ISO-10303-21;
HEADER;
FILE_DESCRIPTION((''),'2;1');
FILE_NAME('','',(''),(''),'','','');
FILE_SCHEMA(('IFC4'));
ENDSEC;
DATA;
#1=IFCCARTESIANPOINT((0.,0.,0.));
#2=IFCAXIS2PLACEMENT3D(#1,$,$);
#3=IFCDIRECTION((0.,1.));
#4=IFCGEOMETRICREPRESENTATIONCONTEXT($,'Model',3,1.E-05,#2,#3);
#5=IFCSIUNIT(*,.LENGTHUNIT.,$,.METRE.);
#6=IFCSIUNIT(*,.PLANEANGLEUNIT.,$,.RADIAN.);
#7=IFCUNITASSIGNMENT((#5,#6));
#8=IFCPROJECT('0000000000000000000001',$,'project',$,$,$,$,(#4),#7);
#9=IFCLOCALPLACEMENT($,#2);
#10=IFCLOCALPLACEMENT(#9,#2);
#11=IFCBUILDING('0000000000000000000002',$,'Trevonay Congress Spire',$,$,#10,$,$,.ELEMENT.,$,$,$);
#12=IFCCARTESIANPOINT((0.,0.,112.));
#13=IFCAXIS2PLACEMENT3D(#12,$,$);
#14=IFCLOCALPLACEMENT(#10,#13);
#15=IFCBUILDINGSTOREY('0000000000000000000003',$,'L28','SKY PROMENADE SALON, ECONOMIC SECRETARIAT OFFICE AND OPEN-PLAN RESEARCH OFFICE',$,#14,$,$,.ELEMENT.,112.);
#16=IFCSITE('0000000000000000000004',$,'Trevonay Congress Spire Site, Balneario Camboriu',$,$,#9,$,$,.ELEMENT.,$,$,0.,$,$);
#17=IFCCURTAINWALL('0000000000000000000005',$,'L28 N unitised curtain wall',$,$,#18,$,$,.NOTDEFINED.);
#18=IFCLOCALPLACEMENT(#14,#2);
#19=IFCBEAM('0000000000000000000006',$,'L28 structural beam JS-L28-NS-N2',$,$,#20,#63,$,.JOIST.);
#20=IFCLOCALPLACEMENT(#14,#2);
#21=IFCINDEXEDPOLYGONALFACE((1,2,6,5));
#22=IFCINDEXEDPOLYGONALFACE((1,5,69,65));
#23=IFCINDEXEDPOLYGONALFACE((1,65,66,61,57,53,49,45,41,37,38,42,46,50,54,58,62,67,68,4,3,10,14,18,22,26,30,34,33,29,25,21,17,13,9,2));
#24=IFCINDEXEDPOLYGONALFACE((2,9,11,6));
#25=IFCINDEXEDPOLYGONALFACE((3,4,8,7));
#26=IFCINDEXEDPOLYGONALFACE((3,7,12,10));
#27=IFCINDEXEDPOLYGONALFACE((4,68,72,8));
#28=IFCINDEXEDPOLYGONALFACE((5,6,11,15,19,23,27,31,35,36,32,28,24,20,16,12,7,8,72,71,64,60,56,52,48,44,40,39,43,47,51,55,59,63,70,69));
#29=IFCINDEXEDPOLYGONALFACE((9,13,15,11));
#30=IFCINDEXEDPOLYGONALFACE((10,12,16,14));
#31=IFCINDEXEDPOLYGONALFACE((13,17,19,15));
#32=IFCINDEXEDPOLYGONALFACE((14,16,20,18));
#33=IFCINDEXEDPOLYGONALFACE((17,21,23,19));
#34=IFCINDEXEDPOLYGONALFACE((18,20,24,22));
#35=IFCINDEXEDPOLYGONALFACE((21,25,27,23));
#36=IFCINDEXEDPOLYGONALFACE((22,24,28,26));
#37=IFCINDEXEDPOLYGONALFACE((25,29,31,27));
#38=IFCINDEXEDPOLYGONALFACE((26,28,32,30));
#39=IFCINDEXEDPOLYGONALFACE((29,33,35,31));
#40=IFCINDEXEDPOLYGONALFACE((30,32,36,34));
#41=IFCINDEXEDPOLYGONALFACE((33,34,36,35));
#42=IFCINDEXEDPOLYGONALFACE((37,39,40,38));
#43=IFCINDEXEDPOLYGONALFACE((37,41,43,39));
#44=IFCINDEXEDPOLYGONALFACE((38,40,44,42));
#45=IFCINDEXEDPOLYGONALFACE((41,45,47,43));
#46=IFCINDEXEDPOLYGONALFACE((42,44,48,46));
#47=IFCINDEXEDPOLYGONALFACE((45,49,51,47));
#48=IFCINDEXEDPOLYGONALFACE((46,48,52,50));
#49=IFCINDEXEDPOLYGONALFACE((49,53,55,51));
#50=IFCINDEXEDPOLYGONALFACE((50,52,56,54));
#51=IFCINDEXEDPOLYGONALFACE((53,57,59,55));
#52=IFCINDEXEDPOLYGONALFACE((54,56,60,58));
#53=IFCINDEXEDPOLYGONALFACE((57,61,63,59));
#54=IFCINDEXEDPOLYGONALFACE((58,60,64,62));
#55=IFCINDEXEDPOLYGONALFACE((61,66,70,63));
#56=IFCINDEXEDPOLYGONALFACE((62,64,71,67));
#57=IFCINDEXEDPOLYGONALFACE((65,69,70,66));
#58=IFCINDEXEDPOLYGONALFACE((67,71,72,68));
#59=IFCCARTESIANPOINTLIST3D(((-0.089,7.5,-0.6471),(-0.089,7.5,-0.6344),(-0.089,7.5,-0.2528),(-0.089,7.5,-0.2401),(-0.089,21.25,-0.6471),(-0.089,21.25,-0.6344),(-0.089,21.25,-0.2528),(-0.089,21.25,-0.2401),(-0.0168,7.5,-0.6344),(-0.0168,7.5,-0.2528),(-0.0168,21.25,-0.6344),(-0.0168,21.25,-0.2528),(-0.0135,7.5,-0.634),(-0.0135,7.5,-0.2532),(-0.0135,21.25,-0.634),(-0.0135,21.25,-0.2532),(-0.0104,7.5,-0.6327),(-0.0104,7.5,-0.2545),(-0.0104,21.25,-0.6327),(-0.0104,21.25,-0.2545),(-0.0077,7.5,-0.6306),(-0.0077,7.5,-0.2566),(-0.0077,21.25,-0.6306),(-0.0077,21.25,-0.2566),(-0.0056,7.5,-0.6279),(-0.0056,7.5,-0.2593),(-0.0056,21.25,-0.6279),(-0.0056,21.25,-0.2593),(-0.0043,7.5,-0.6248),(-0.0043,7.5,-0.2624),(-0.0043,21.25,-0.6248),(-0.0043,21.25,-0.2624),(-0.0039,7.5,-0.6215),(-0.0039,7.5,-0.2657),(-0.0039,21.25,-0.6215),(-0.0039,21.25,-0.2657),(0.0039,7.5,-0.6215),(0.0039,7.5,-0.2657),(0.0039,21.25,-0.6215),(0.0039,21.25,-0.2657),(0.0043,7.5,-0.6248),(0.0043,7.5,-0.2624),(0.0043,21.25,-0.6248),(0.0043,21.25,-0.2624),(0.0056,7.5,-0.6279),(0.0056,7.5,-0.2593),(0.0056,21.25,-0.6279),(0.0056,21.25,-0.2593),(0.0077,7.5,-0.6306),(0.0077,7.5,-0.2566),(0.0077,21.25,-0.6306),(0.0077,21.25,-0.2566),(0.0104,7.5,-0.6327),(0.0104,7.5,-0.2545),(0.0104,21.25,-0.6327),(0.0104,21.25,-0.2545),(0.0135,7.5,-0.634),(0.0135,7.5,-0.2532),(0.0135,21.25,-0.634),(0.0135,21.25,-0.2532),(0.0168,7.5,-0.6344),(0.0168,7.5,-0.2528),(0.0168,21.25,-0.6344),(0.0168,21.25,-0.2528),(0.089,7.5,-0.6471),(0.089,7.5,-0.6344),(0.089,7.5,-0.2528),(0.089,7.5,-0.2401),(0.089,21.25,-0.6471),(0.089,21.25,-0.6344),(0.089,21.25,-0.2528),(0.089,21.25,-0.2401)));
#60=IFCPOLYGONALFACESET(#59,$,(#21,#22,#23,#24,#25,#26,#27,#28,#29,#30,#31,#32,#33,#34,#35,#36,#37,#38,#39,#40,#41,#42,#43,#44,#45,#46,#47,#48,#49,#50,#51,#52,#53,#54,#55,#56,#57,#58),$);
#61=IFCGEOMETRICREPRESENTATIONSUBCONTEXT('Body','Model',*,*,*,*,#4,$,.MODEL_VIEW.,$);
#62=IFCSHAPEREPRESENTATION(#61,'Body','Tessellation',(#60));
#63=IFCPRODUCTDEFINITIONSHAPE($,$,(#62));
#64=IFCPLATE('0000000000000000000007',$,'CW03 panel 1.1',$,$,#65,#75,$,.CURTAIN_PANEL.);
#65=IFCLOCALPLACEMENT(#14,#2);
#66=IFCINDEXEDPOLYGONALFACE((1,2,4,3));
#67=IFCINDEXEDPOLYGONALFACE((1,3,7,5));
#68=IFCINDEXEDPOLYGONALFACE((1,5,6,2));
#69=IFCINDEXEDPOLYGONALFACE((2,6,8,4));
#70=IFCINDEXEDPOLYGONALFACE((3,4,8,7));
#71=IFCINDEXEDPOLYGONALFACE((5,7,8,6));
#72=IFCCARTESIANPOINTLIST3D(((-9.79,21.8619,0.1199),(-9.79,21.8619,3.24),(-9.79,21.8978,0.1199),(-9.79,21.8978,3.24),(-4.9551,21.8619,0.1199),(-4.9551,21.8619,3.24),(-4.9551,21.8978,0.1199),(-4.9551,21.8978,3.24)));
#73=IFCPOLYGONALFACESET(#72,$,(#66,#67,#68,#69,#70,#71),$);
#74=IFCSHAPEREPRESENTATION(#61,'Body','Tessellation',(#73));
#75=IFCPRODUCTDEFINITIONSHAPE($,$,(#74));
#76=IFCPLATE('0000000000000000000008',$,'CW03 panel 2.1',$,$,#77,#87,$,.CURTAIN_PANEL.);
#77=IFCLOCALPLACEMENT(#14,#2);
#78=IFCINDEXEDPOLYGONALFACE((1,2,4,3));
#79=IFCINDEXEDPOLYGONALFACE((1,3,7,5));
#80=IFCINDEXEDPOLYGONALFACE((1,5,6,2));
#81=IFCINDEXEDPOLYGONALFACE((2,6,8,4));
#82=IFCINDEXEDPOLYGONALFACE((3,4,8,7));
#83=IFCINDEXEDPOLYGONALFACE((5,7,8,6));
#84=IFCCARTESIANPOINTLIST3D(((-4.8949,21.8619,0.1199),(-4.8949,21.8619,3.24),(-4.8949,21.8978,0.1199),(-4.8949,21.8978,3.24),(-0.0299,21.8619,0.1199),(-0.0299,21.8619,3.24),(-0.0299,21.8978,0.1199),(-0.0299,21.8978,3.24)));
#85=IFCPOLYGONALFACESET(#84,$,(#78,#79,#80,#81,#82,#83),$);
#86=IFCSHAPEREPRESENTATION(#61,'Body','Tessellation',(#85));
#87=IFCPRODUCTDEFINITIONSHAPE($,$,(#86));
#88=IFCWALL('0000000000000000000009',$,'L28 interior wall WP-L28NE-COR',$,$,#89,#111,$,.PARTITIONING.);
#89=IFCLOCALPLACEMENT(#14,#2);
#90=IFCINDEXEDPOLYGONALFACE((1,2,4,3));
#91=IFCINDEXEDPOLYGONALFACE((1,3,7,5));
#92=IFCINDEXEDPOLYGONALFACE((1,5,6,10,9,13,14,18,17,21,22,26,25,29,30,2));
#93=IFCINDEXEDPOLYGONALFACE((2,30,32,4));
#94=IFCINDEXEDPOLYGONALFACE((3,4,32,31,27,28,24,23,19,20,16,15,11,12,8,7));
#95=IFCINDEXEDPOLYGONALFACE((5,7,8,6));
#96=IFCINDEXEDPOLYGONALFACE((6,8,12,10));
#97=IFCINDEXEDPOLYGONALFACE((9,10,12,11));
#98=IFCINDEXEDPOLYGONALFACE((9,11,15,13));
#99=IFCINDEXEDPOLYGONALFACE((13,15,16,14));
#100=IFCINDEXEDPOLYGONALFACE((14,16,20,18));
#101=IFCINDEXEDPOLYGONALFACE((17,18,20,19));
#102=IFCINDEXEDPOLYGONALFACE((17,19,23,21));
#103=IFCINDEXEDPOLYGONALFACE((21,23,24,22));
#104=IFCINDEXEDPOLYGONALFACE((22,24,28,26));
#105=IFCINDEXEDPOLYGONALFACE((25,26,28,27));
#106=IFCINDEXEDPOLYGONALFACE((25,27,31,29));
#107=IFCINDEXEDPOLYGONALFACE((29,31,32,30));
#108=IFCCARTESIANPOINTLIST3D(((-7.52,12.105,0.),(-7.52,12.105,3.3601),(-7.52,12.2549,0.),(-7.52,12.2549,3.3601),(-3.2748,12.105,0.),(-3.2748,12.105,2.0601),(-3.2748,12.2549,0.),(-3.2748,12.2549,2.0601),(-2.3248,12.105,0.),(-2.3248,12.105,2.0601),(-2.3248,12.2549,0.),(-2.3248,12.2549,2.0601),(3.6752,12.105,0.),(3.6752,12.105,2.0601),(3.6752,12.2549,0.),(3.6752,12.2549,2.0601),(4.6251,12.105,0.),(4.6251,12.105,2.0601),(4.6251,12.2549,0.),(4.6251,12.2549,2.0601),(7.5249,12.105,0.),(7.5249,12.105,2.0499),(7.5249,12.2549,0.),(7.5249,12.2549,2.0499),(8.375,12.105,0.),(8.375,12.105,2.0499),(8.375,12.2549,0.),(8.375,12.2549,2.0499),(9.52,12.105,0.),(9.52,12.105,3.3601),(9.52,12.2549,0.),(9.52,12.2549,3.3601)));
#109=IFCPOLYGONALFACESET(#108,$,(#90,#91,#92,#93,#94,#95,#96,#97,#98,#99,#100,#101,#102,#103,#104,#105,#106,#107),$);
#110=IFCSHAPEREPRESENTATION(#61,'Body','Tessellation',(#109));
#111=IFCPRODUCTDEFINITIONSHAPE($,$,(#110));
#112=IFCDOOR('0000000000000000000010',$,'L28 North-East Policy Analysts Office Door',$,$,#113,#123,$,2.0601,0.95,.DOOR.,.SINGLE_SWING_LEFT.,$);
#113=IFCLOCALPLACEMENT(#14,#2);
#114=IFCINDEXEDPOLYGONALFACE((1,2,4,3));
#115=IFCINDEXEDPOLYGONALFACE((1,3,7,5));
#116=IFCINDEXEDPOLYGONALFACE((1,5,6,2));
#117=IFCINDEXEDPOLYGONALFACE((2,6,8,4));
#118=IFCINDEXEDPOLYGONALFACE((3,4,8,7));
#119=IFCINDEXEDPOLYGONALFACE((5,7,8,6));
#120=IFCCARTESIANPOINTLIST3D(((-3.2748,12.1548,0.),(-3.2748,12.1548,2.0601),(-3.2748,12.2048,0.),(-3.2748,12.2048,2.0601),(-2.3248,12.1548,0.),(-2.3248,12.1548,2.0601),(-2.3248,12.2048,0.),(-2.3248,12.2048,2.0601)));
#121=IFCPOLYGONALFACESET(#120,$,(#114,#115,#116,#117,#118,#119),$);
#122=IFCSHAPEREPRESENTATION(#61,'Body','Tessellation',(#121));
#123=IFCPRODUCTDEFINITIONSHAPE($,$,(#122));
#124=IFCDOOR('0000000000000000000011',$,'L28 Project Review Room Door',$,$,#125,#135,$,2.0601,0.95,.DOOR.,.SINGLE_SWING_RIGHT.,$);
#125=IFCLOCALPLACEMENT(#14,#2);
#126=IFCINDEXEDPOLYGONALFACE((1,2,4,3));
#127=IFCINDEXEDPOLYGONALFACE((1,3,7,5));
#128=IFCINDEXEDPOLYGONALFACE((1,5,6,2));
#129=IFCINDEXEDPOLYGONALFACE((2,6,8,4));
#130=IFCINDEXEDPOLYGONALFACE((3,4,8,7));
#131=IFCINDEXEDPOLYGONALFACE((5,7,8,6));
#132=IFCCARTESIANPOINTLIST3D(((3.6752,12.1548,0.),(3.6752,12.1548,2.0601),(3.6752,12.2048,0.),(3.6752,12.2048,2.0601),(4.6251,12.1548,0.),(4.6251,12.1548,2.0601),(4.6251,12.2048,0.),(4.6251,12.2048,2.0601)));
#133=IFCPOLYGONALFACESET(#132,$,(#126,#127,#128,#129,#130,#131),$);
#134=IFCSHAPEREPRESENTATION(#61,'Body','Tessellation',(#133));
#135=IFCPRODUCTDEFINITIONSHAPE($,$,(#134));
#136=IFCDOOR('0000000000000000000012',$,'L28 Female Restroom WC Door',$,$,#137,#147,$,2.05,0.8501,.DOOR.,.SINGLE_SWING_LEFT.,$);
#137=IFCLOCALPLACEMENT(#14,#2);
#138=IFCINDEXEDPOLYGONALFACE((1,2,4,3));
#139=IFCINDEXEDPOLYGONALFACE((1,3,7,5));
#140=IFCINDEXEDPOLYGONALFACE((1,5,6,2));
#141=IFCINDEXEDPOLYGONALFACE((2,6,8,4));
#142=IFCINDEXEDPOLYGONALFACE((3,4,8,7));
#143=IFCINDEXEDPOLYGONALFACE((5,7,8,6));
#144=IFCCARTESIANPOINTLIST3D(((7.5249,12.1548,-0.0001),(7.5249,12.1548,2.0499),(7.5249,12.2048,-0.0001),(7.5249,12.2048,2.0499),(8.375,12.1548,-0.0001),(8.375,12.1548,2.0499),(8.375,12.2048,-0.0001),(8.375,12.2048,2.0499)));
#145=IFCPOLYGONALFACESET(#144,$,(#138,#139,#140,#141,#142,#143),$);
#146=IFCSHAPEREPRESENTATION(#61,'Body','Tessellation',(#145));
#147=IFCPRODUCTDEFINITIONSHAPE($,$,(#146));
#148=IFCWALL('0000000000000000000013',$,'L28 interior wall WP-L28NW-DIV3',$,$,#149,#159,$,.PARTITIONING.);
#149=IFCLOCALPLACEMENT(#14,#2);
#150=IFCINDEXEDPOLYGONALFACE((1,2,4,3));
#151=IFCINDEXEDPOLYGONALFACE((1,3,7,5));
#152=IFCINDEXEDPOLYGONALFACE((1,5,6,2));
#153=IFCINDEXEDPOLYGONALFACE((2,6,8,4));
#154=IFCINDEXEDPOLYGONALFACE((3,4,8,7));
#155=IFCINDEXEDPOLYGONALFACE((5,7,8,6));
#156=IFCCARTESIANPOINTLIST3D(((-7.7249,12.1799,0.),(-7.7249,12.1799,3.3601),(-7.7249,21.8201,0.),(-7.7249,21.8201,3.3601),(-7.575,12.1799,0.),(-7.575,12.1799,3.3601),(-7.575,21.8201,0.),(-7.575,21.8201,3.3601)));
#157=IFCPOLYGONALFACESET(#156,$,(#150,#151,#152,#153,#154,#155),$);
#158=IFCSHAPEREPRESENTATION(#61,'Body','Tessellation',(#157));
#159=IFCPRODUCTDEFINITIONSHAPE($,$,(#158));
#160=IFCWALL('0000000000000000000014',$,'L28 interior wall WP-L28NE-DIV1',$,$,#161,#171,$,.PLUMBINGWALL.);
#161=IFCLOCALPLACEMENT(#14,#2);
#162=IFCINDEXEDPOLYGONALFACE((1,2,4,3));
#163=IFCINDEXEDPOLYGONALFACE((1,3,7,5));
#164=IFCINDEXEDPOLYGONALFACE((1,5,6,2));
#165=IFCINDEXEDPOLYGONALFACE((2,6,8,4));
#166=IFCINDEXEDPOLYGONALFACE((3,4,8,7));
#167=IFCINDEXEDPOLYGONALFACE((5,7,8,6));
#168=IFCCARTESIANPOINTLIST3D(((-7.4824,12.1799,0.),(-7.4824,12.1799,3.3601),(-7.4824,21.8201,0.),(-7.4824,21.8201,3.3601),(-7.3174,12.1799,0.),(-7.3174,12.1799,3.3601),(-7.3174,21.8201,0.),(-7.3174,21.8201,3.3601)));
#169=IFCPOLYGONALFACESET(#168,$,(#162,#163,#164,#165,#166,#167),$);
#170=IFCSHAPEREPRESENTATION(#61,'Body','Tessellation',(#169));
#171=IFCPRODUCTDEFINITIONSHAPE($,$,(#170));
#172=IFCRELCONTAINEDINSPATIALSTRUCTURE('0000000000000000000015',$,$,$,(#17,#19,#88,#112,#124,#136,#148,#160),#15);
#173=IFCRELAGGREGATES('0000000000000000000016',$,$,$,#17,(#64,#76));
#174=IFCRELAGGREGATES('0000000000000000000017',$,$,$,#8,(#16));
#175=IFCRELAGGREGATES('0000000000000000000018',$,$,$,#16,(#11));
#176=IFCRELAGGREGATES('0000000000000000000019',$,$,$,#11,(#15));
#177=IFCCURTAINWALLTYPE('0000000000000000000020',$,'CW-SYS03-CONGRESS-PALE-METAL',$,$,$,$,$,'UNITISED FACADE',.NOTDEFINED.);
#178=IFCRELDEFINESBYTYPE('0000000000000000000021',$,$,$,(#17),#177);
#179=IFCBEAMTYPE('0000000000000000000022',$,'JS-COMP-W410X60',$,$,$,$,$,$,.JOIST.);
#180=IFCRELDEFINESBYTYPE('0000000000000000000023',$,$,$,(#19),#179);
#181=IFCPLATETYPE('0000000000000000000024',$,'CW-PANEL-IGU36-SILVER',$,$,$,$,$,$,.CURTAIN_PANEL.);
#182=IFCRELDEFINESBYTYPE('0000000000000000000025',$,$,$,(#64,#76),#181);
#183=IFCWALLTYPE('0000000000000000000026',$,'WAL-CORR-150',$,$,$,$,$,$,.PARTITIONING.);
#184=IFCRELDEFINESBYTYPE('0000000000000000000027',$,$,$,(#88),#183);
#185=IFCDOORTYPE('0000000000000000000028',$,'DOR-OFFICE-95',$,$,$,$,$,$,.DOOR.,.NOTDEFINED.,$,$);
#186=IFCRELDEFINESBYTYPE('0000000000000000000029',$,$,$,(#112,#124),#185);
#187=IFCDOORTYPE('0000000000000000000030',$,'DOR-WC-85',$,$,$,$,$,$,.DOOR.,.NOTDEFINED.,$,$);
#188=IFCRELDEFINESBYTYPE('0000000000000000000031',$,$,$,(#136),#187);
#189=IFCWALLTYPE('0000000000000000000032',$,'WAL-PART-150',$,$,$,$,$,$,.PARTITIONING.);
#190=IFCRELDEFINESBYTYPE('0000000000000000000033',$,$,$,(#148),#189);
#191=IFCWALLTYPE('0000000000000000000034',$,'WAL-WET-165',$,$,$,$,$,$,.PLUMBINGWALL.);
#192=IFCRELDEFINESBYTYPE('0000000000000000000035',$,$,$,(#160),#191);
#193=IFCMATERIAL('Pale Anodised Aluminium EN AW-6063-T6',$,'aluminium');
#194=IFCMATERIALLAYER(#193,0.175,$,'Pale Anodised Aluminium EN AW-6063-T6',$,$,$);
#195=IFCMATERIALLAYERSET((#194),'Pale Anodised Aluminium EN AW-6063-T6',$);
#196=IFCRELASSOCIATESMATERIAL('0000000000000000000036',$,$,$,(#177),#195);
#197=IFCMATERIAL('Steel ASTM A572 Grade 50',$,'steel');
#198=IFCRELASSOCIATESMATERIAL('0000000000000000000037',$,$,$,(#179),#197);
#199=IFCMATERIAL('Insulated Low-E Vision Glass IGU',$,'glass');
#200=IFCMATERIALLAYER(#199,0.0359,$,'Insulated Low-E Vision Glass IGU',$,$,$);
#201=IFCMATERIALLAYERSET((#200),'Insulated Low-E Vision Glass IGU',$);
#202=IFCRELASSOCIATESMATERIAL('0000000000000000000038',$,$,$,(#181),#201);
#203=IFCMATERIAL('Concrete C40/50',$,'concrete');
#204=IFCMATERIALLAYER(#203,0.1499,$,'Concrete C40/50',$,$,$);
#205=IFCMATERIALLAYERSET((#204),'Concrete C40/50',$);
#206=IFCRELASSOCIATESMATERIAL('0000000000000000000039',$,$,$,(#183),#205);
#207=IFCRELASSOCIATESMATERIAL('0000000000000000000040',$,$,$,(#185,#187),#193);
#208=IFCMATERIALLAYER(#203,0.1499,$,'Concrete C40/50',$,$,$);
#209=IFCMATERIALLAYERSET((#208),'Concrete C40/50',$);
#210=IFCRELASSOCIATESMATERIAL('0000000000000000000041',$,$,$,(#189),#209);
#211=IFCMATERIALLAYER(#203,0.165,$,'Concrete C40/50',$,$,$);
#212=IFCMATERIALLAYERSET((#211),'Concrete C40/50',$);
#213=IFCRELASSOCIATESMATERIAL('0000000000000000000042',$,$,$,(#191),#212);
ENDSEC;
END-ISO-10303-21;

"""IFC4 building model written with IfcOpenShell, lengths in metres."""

from ifc_helpers import new_model, si_unit, direction, frame, frame_2d, origin, origin_2d, place, context, subcontext, project, spatial, rectangle, i_section, extrude, material, layer, layer_set, material_profile, profile_set, type_object, element, fill, aggregate, save


model = new_model("IFC4")

# Units and contexts
model_context = context("Model", 3, precision=1e-05, world=origin(), true_north=direction((0.0, 1.0)))
body_context = subcontext(model_context, "Body", "Model", "MODEL_VIEW")
ifc_project = project(units=[si_unit("LENGTHUNIT", "METRE"), si_unit("PLANEANGLEUNIT", "RADIAN")], contexts=[model_context])

# Site, building, storey
site_placement = place(None, origin())
site = spatial("IfcSite", under=ifc_project, at=site_placement, Name="Trevonay Congress Spire Site, Balneario Camboriu", CompositionType="ELEMENT", RefElevation=0.0)
building_placement = place(site_placement, origin())
building = spatial("IfcBuilding", under=site, at=building_placement, Name="Trevonay Congress Spire", CompositionType="ELEMENT")
storey_placement = place(building_placement, frame((0.0, 0.0, 112.0)))
storey = spatial("IfcBuildingStorey", under=building, at=storey_placement, Name="L28", Description="SKY PROMENADE SALON, ECONOMIC SECRETARIAT OFFICE AND OPEN-PLAN RESEARCH OFFICE", CompositionType="ELEMENT", Elevation=112.0)

# Shared definitions
ifc_material_1 = material(Name="Steel ASTM A572 Grade 50", Category="steel")

# Curtain wall
ifc_material_2 = material(Name="Pale Anodised Aluminium EN AW-6063-T6", Category="aluminium")
ifc_layer_1 = layer(ifc_material_2, 0.175, Name="Pale Anodised Aluminium EN AW-6063-T6")
ifc_layer_set_1 = layer_set([ifc_layer_1], Name="Pale Anodised Aluminium EN AW-6063-T6")
curtain_wall_type = type_object("IfcCurtainWallType", Name="CW-SYS03-CONGRESS-PALE-METAL", ElementType="UNITISED FACADE", PredefinedType="NOTDEFINED", material=ifc_layer_set_1)
curtain_wall_placement = place(storey_placement, origin())
curtain_wall = element("IfcCurtainWall", 1, at=curtain_wall_placement, inside=storey, type_object=curtain_wall_type, Name="L28 N unitised curtain wall", PredefinedType="NOTDEFINED")

# Beam
ifc_material_profile_1 = material_profile(ifc_material_1, i_section(OverallWidth=0.178, OverallDepth=0.407, WebThickness=0.0078, FlangeThickness=0.0127, FilletRadius=0.0129, at=origin_2d()), Name="W410x60")
ifc_profile_set_1 = profile_set([ifc_material_profile_1], Name="Steel ASTM A572 Grade 50")
beam_type_1 = type_object("IfcBeamType", Name="JS-COMP-W410X60", PredefinedType="JOIST", material=ifc_profile_set_1)
beam_1_placement = place(storey_placement, frame((0.0, 7.5, -0.4436), z_axis=(0.0, 1.0, 0.0), x_axis=(-1.0, 0.0, 0.0)))
element("IfcBeam", 2, at=beam_1_placement, inside=storey, type_object=beam_type_1, Name="L28 structural beam JS-L28-NS-N2", PredefinedType="JOIST", context=body_context, shape_type="SweptSolid", body=[
    extrude(i_section(OverallWidth=0.178, OverallDepth=0.407, WebThickness=0.0078, FlangeThickness=0.0127, FilletRadius=0.0129, at=origin_2d()), origin(), (0.0, 0.0, 1.0), 13.75),
])

# Plates
ifc_material_3 = material(Name="Insulated Low-E Vision Glass IGU", Category="glass")
ifc_layer_2 = layer(ifc_material_3, 0.0359, Name="Insulated Low-E Vision Glass IGU")
ifc_layer_set_2 = layer_set([ifc_layer_2], Name="Insulated Low-E Vision Glass IGU")
plate_type = type_object("IfcPlateType", Name="CW-PANEL-IGU36-SILVER", PredefinedType="CURTAIN_PANEL", material=ifc_layer_set_2)
plate_1_placement = place(storey_placement, frame((-7.3726, 21.8799, 0.1199), z_axis=(0.0, 0.0, 1.0), x_axis=(1.0, 0.0, 0.0)))
plate_1 = element("IfcPlate", 3, at=plate_1_placement, type_object=plate_type, Name="CW03 panel 1.1", PredefinedType="CURTAIN_PANEL", context=body_context, shape_type="SweptSolid", body=[
    extrude(rectangle(XDim=4.835, YDim=0.0359, at=origin_2d()), origin(), (0.0, 0.0, 1.0), 3.1201),
])
plate_2_placement = place(storey_placement, frame((-2.4624, 21.8799, 0.1199), z_axis=(0.0, 0.0, 1.0), x_axis=(1.0, 0.0, 0.0)))
plate_2 = element("IfcPlate", 4, at=plate_2_placement, type_object=plate_type, Name="CW03 panel 2.1", PredefinedType="CURTAIN_PANEL", context=body_context, shape_type="SweptSolid", body=[
    extrude(rectangle(XDim=4.865, YDim=0.0359, at=origin_2d()), origin(), (0.0, 0.0, 1.0), 3.1201),
])
aggregate(curtain_wall, [plate_1, plate_2])

# Wall, openings, doors
ifc_material_4 = material(Name="Concrete C40/50", Category="concrete")
ifc_layer_3 = layer(ifc_material_4, 0.1499, Name="Concrete C40/50")
ifc_layer_set_3 = layer_set([ifc_layer_3], Name="Concrete C40/50")
wall_type_1 = type_object("IfcWallType", Name="WAL-CORR-150", PredefinedType="PARTITIONING", material=ifc_layer_set_3)
wall_1_placement = place(storey_placement, frame((-7.52, 12.1799, 0.0), z_axis=(0.0, 0.0, 1.0), x_axis=(1.0, 0.0, 0.0)))
wall_1 = element("IfcWall", 5, at=wall_1_placement, inside=storey, type_object=wall_type_1, Name="L28 interior wall WP-L28NE-COR", PredefinedType="PARTITIONING", context=body_context, shape_type="SweptSolid", body=[
    extrude(rectangle(XDim=17.04, YDim=0.1499, at=frame_2d((8.52, 0.0))), origin(), (0.0, 0.0, 1.0), 3.3601),
])
opening_1_placement = place(wall_1_placement, frame((4.2451, 0.0, 0.0)))
opening_1 = element("IfcOpeningElement", 6, at=opening_1_placement, cuts=wall_1, PredefinedType="OPENING", context=body_context, shape_type="SweptSolid", body=[
    extrude(rectangle(XDim=0.95, YDim=2.0601, at=frame_2d((0.4751, 1.03))), frame((0.0, 0.085, 0.0), z_axis=(0.0, -1.0, 0.0), x_axis=(1.0, 0.0, 0.0)), (0.0, 0.0, 1.0), 0.1699),
])
opening_2_placement = place(wall_1_placement, frame((11.1951, 0.0, 0.0)))
opening_2 = element("IfcOpeningElement", 7, at=opening_2_placement, cuts=wall_1, PredefinedType="OPENING", context=body_context, shape_type="SweptSolid", body=[
    extrude(rectangle(XDim=0.95, YDim=2.0601, at=frame_2d((0.4751, 1.03))), frame((0.0, 0.085, 0.0), z_axis=(0.0, -1.0, 0.0), x_axis=(1.0, 0.0, 0.0)), (0.0, 0.0, 1.0), 0.1699),
])
opening_3_placement = place(wall_1_placement, frame((15.0449, 0.0, 0.0)))
opening_3 = element("IfcOpeningElement", 8, at=opening_3_placement, cuts=wall_1, PredefinedType="OPENING", context=body_context, shape_type="SweptSolid", body=[
    extrude(rectangle(XDim=0.8501, YDim=2.05, at=frame_2d((0.425, 1.0249))), frame((0.0, 0.085, 0.0), z_axis=(0.0, -1.0, 0.0), x_axis=(1.0, 0.0, 0.0)), (0.0, 0.0, 1.0), 0.1699),
])
door_type_1 = type_object("IfcDoorType", Name="DOR-OFFICE-95", OperationType="NOTDEFINED", PredefinedType="DOOR", material=ifc_material_2)
door_1_placement = place(opening_1_placement, origin())
door_1 = element("IfcDoor", 9, at=door_1_placement, inside=storey, type_object=door_type_1, Name="L28 North-East Policy Analysts Office Door", OperationType="SINGLE_SWING_LEFT", OverallHeight=2.0601, OverallWidth=0.95, PredefinedType="DOOR", context=body_context, shape_type="SweptSolid", body=[
    extrude(rectangle(XDim=0.95, YDim=2.0601, at=frame_2d((0.4751, 1.03))), frame((0.0, 0.0249, 0.0), z_axis=(0.0, -1.0, 0.0), x_axis=(1.0, 0.0, 0.0)), (0.0, 0.0, 1.0), 0.05),
])
fill(opening_1, door_1)
door_2_placement = place(opening_2_placement, origin())
door_2 = element("IfcDoor", 10, at=door_2_placement, inside=storey, type_object=door_type_1, Name="L28 Project Review Room Door", OperationType="SINGLE_SWING_RIGHT", OverallHeight=2.0601, OverallWidth=0.95, PredefinedType="DOOR", context=body_context, shape_type="SweptSolid", body=[
    extrude(rectangle(XDim=0.95, YDim=2.0601, at=frame_2d((0.4751, 1.03))), frame((0.0, 0.0249, 0.0), z_axis=(0.0, -1.0, 0.0), x_axis=(1.0, 0.0, 0.0)), (0.0, 0.0, 1.0), 0.05),
])
fill(opening_2, door_2)
door_type_2 = type_object("IfcDoorType", Name="DOR-WC-85", OperationType="NOTDEFINED", PredefinedType="DOOR", material=ifc_material_2)
door_3_placement = place(opening_3_placement, origin())
door_3 = element("IfcDoor", 11, at=door_3_placement, inside=storey, type_object=door_type_2, Name="L28 Female Restroom WC Door", OperationType="SINGLE_SWING_LEFT", OverallHeight=2.05, OverallWidth=0.8501, PredefinedType="DOOR", context=body_context, shape_type="SweptSolid", body=[
    extrude(rectangle(XDim=0.8501, YDim=2.05, at=frame_2d((0.425, 1.0249))), frame((0.0, 0.0249, 0.0), z_axis=(0.0, -1.0, 0.0), x_axis=(1.0, 0.0, 0.0)), (0.0, 0.0, 1.0), 0.05),
])
fill(opening_3, door_3)

# Walls
ifc_layer_4 = layer(ifc_material_4, 0.1499, Name="Concrete C40/50")
ifc_layer_set_4 = layer_set([ifc_layer_4], Name="Concrete C40/50")
wall_type_2 = type_object("IfcWallType", Name="WAL-PART-150", PredefinedType="PARTITIONING", material=ifc_layer_set_4)
wall_2_placement = place(storey_placement, frame((-7.6499, 12.1799, 0.0), z_axis=(0.0, 0.0, 1.0), x_axis=(0.0, 1.0, 0.0)))
element("IfcWall", 12, at=wall_2_placement, inside=storey, type_object=wall_type_2, Name="L28 interior wall WP-L28NW-DIV3", PredefinedType="PARTITIONING", context=body_context, shape_type="SweptSolid", body=[
    extrude(rectangle(XDim=9.6401, YDim=0.1499, at=frame_2d((4.8201, 0.0))), origin(), (0.0, 0.0, 1.0), 3.3601),
])
ifc_layer_5 = layer(ifc_material_4, 0.165, Name="Concrete C40/50")
ifc_layer_set_5 = layer_set([ifc_layer_5], Name="Concrete C40/50")
wall_type_3 = type_object("IfcWallType", Name="WAL-WET-165", PredefinedType="PLUMBINGWALL", material=ifc_layer_set_5)
wall_3_placement = place(storey_placement, frame((-7.3999, 12.1799, 0.0), z_axis=(0.0, 0.0, 1.0), x_axis=(0.0, 1.0, 0.0)))
element("IfcWall", 13, at=wall_3_placement, inside=storey, type_object=wall_type_3, Name="L28 interior wall WP-L28NE-DIV1", PredefinedType="PLUMBINGWALL", context=body_context, shape_type="SweptSolid", body=[
    extrude(rectangle(XDim=9.6401, YDim=0.165, at=frame_2d((4.8201, 0.0))), origin(), (0.0, 0.0, 1.0), 3.3601),
])

save(model, "model.ifc")
